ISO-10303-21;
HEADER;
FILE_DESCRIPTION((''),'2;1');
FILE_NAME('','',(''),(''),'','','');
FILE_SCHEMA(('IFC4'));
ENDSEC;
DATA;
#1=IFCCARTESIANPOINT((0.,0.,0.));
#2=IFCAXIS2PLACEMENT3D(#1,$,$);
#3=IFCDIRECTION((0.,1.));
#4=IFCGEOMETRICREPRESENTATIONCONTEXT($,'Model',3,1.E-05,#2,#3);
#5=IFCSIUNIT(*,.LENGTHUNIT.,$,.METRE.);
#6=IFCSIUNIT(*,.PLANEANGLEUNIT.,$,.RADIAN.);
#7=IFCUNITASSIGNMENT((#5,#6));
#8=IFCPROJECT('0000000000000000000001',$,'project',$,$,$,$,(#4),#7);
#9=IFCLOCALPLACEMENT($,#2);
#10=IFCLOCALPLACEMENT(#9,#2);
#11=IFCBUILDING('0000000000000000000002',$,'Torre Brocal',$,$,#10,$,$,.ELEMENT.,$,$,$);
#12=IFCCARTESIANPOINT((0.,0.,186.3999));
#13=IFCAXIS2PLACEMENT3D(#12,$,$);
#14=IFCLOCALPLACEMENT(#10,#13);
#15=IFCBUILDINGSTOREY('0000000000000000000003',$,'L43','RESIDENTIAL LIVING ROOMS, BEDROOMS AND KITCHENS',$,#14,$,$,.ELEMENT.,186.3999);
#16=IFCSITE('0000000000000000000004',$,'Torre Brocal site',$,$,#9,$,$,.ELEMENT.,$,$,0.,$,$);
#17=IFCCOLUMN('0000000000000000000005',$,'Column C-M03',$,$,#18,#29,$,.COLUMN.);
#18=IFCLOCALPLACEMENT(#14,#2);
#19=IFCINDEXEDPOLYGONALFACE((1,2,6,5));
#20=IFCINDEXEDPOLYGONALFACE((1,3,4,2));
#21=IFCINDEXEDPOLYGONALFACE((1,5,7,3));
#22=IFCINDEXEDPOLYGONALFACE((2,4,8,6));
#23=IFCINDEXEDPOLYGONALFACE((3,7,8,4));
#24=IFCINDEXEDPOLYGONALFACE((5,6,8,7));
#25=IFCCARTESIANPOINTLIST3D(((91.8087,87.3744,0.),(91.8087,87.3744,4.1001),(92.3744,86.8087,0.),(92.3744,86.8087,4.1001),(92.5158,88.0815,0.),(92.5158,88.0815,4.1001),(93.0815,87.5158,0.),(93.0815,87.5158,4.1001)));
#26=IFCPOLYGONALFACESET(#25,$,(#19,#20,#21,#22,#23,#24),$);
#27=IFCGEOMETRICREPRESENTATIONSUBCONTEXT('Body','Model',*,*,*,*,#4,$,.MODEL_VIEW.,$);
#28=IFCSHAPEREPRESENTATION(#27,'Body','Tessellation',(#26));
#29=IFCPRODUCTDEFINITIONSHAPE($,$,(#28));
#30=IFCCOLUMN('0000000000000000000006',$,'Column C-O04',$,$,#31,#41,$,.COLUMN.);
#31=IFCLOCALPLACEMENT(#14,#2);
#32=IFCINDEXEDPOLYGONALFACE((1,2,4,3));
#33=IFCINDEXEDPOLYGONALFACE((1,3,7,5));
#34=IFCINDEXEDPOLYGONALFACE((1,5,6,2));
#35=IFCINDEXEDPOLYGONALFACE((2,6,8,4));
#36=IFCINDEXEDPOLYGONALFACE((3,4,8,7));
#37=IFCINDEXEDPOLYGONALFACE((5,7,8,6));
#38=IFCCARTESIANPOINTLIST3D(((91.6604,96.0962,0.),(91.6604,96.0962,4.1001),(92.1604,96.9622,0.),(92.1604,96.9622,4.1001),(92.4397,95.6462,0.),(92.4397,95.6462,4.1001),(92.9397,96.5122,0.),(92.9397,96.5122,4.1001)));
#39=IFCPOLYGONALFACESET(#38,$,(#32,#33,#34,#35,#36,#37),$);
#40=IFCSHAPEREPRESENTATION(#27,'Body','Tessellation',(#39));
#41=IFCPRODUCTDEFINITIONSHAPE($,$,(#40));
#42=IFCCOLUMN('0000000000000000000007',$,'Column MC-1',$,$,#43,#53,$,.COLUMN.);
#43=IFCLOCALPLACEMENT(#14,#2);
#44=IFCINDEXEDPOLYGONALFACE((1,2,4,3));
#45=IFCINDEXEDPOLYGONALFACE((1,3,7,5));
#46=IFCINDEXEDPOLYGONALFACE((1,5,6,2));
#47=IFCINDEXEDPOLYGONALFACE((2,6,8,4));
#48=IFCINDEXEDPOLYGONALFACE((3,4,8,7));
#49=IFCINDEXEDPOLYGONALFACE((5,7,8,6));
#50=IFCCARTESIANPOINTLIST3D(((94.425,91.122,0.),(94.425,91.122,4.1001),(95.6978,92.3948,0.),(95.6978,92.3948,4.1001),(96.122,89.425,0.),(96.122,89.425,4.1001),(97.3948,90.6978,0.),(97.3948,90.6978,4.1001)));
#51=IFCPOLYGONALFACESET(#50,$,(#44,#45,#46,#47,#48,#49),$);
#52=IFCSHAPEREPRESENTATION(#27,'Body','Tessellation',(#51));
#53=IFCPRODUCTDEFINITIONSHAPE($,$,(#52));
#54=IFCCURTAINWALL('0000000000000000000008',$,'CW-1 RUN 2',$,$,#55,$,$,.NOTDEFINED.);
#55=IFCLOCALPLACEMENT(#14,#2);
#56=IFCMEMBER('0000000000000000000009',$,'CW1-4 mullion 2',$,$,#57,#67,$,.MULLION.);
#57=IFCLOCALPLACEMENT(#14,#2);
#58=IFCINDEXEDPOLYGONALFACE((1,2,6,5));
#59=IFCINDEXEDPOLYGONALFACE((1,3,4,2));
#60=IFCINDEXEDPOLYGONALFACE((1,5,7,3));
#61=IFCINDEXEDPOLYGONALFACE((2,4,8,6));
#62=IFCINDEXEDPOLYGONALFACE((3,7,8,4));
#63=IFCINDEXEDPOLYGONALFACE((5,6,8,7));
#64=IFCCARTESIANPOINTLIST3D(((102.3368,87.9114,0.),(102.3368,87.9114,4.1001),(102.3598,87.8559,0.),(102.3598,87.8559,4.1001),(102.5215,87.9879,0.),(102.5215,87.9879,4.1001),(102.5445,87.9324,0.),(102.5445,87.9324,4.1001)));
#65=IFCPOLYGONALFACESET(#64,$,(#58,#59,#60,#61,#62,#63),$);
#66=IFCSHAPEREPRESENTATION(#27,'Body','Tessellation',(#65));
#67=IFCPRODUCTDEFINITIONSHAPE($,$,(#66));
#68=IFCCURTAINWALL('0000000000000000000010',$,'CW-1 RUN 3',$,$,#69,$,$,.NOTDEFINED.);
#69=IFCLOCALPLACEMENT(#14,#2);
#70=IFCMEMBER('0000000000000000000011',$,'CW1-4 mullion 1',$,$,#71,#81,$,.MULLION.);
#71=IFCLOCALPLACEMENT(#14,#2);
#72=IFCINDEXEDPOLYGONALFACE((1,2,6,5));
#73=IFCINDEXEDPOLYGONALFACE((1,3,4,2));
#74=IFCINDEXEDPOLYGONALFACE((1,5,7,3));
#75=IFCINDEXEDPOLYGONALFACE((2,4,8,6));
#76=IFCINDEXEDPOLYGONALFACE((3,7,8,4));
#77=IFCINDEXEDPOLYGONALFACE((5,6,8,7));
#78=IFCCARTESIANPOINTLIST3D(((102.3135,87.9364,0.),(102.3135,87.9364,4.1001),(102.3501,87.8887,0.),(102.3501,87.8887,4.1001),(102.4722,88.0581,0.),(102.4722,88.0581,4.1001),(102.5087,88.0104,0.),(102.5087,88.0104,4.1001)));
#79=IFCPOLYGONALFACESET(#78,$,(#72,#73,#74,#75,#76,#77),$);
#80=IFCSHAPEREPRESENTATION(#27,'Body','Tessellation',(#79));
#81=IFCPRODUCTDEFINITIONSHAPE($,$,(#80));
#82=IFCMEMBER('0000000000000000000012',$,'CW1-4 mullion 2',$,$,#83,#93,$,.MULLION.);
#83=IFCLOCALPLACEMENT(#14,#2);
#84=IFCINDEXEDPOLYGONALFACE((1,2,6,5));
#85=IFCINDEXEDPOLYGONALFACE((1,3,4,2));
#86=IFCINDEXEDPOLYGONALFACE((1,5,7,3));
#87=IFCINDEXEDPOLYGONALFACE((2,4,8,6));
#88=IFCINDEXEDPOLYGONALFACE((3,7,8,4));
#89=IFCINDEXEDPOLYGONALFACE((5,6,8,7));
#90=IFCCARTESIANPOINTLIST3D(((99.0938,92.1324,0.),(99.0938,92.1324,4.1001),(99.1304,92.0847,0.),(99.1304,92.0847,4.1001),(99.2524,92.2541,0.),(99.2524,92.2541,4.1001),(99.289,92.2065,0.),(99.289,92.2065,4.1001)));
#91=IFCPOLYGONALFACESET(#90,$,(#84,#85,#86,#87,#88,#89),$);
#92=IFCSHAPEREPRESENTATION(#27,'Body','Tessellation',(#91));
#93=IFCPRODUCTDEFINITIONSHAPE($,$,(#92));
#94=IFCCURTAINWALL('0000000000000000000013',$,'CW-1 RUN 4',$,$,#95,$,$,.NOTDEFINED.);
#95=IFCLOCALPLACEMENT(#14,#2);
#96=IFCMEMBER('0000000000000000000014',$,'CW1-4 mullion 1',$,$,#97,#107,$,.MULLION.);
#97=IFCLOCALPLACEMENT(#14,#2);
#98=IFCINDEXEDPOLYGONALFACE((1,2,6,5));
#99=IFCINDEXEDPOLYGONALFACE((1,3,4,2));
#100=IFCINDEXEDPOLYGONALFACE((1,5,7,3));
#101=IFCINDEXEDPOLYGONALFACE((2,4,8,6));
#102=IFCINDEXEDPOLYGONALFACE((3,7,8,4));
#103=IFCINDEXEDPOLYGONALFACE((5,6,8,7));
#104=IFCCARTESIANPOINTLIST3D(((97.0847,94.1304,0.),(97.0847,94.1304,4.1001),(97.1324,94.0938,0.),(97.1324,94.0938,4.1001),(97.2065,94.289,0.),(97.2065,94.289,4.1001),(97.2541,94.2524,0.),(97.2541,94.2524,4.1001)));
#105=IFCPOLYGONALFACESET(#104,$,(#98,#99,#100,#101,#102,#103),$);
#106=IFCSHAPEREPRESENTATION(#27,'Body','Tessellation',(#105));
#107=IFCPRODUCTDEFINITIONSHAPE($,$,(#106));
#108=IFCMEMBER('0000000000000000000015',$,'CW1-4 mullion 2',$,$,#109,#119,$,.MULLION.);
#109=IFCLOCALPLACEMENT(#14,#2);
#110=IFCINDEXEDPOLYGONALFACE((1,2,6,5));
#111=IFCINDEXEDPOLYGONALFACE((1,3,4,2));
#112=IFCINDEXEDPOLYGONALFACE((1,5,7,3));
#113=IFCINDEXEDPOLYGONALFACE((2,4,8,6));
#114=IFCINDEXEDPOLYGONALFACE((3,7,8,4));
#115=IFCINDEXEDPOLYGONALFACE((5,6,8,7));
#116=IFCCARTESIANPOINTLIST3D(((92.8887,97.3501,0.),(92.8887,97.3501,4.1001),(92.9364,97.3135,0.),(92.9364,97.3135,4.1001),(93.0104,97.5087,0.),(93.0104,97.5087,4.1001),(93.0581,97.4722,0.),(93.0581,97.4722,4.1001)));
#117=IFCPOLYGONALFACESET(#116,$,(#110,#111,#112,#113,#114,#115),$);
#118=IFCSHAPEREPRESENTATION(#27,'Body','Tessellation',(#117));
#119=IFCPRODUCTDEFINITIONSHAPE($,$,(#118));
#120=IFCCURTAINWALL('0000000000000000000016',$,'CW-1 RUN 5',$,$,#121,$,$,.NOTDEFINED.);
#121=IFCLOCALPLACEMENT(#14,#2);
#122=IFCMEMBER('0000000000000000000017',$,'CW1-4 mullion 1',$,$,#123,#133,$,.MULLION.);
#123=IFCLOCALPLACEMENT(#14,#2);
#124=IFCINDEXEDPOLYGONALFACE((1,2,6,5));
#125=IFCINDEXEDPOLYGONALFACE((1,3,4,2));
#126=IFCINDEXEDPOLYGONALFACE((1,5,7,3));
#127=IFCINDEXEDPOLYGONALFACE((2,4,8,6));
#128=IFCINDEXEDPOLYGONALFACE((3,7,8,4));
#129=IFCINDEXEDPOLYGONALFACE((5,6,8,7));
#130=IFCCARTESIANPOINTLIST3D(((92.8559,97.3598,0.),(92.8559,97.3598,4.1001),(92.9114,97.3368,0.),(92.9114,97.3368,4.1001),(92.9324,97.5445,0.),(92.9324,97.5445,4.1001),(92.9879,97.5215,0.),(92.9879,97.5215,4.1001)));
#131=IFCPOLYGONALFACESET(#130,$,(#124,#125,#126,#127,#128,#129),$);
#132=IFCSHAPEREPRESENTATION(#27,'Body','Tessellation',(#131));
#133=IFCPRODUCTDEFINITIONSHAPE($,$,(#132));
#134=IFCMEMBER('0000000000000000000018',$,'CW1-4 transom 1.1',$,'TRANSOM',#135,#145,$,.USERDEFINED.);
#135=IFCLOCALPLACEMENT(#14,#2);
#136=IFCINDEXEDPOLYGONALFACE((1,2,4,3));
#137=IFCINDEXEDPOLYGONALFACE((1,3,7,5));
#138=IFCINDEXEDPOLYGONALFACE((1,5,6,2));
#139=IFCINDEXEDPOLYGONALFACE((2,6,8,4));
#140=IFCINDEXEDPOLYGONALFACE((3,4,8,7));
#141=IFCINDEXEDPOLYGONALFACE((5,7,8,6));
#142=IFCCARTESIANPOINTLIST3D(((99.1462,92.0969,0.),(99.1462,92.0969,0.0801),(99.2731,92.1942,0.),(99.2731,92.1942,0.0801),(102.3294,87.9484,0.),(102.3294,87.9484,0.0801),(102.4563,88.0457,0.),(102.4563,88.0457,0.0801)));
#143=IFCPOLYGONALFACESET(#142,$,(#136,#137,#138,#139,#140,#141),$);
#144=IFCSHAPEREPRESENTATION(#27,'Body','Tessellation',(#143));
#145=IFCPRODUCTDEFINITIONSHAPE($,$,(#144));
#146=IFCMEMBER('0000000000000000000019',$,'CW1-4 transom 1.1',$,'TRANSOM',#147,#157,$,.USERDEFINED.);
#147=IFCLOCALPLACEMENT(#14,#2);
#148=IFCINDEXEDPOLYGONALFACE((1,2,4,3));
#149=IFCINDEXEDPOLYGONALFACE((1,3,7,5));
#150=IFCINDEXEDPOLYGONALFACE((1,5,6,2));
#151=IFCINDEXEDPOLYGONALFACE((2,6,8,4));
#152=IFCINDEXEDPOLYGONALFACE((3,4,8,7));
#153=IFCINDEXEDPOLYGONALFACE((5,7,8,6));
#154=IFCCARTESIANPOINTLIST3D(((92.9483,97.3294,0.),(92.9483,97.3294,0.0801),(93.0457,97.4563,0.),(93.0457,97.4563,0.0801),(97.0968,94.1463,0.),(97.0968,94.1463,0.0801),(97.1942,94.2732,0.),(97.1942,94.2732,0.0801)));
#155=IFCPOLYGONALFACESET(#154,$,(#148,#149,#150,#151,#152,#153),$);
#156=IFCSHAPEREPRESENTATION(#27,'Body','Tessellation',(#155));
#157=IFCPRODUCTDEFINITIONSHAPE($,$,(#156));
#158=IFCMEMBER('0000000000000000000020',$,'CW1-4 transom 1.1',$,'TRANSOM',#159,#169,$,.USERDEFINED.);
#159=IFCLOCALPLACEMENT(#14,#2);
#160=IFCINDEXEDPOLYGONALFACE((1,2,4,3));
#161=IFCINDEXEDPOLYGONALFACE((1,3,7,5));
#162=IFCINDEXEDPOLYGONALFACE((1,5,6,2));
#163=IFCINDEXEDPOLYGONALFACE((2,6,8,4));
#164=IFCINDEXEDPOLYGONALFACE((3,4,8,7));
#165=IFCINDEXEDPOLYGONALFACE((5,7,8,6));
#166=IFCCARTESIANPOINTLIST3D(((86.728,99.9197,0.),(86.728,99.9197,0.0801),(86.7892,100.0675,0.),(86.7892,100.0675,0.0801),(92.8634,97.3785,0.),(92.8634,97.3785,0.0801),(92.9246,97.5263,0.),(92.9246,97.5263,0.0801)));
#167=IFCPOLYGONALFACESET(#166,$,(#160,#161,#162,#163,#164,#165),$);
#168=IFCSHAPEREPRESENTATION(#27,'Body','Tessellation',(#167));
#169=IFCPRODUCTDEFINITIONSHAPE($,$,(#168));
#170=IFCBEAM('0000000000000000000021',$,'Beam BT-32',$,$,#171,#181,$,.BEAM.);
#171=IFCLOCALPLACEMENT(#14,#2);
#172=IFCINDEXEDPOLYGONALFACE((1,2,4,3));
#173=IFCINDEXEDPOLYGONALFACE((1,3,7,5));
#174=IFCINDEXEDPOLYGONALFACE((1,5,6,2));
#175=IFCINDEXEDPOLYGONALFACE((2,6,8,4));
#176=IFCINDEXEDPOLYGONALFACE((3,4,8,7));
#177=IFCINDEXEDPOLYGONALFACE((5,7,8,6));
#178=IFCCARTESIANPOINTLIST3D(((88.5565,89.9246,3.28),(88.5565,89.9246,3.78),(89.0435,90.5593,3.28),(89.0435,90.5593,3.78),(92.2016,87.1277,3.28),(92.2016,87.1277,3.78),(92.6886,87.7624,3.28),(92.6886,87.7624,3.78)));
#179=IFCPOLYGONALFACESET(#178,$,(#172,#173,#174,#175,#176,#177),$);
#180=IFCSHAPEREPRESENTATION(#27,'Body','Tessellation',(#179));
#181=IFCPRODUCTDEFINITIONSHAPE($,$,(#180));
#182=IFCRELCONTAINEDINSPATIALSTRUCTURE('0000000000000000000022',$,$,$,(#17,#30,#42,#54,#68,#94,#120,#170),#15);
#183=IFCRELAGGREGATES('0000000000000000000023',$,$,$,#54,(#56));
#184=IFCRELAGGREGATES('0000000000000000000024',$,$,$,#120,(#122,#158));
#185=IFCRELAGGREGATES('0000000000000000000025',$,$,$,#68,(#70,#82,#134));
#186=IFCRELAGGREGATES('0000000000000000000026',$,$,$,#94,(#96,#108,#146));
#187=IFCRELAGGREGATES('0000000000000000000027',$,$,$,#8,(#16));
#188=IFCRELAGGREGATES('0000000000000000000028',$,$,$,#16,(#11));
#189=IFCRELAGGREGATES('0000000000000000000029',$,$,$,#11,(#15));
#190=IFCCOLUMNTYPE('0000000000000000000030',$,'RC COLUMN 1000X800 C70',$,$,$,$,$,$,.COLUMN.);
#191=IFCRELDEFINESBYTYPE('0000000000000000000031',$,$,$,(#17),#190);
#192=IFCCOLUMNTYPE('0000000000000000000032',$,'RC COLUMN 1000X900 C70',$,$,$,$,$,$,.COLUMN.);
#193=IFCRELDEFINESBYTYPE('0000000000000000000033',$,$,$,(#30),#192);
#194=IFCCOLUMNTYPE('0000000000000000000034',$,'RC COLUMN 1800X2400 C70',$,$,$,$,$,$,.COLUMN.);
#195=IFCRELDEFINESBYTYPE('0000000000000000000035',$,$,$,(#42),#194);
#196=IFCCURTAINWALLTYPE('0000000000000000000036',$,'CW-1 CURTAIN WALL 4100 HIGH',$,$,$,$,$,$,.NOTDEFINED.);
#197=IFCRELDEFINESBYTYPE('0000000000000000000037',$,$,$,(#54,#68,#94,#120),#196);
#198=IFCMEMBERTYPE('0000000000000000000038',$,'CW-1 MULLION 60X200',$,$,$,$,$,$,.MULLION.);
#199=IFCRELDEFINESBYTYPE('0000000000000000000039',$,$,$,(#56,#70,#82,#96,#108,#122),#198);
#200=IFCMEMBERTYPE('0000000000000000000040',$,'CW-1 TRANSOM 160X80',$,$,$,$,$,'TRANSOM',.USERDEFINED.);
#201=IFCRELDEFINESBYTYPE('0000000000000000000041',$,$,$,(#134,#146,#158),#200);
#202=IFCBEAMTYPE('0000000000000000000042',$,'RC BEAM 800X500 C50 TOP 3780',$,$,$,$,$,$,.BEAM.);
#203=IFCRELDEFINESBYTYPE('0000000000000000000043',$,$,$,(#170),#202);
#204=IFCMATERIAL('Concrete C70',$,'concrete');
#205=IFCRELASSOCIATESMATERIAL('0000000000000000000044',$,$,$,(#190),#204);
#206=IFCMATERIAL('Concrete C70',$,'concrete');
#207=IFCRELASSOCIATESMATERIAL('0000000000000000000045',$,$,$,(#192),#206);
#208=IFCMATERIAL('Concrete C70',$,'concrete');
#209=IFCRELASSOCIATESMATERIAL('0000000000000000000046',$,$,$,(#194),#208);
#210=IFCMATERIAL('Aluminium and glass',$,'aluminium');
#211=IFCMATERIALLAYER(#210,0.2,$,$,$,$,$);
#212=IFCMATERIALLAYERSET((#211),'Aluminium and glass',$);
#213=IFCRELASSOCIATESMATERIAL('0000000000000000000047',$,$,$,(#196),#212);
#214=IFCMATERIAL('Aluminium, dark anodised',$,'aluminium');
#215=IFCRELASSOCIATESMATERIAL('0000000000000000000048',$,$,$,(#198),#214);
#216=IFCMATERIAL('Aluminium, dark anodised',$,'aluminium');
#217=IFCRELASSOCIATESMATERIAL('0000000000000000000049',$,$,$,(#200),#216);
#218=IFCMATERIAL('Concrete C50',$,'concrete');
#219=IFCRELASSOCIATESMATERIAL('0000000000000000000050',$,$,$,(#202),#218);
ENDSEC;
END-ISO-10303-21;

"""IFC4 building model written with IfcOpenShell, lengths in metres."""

from ifc_helpers import new_model, si_unit, direction, frame, origin, origin_2d, place, context, subcontext, project, spatial, rectangle, extrude, material, layer, layer_set, material_profile, profile_set, type_object, element, aggregate, save


model = new_model("IFC4")

# Units and contexts
model_context = context("Model", 3, precision=1e-05, world=origin(), true_north=direction((0.0, 1.0)))
body_context = subcontext(model_context, "Body", "Model", "MODEL_VIEW")
ifc_project = project(units=[si_unit("LENGTHUNIT", "METRE"), si_unit("PLANEANGLEUNIT", "RADIAN")], contexts=[model_context])

# Site, building, storey
site_placement = place(None, origin())
site = spatial("IfcSite", under=ifc_project, at=site_placement, Name="Torre Brocal site", CompositionType="ELEMENT", RefElevation=0.0)
building_placement = place(site_placement, origin())
building = spatial("IfcBuilding", under=site, at=building_placement, Name="Torre Brocal", CompositionType="ELEMENT")
storey_placement = place(building_placement, frame((0.0, 0.0, 186.3999)))
storey = spatial("IfcBuildingStorey", under=building, at=storey_placement, Name="L43", Description="RESIDENTIAL LIVING ROOMS, BEDROOMS AND KITCHENS", CompositionType="ELEMENT", Elevation=186.3999)

# Columns
ifc_material_1 = material(Name="Concrete C70", Category="concrete")
ifc_material_profile_1 = material_profile(ifc_material_1, rectangle(XDim=1.0, YDim=0.8, at=origin_2d()), Name="RC 1000X800")
ifc_profile_set_1 = profile_set([ifc_material_profile_1], Name="Concrete C70")
column_type_1 = type_object("IfcColumnType", Name="RC COLUMN 1000X800 C70", PredefinedType="COLUMN", material=ifc_profile_set_1)
column_1_placement = place(storey_placement, frame((92.4451, 87.4451, 0.0), z_axis=(0.0, 0.0, 1.0), x_axis=(0.707107, 0.707107, 0.0)))
element("IfcColumn", 1, at=column_1_placement, inside=storey, type_object=column_type_1, Name="Column C-M03", PredefinedType="COLUMN", context=body_context, shape_type="SweptSolid", body=[
    extrude(rectangle(XDim=1.0, YDim=0.8, at=origin_2d()), origin(), (0.0, 0.0, 1.0), 4.1001),
])
ifc_material_2 = material(Name="Concrete C70", Category="concrete")
ifc_material_profile_2 = material_profile(ifc_material_2, rectangle(XDim=1.0, YDim=0.8999, at=origin_2d()), Name="RC 1000X900")
ifc_profile_set_2 = profile_set([ifc_material_profile_2], Name="Concrete C70")
column_type_2 = type_object("IfcColumnType", Name="RC COLUMN 1000X900 C70", PredefinedType="COLUMN", material=ifc_profile_set_2)
column_2_placement = place(storey_placement, frame((92.3, 96.3042, 0.0), z_axis=(0.0, 0.0, 1.0), x_axis=(0.5, 0.866025, 0.0)))
element("IfcColumn", 2, at=column_2_placement, inside=storey, type_object=column_type_2, Name="Column C-O04", PredefinedType="COLUMN", context=body_context, shape_type="SweptSolid", body=[
    extrude(rectangle(XDim=1.0, YDim=0.8999, at=origin_2d()), origin(), (0.0, 0.0, 1.0), 4.1001),
])
ifc_material_3 = material(Name="Concrete C70", Category="concrete")
ifc_material_profile_3 = material_profile(ifc_material_3, rectangle(XDim=1.8, YDim=2.3999, at=origin_2d()), Name="RC 1800X2400")
ifc_profile_set_3 = profile_set([ifc_material_profile_3], Name="Concrete C70")
column_type_3 = type_object("IfcColumnType", Name="RC COLUMN 1800X2400 C70", PredefinedType="COLUMN", material=ifc_profile_set_3)
column_3_placement = place(storey_placement, frame((95.9099, 90.9099, 0.0), z_axis=(0.0, 0.0, 1.0), x_axis=(0.707107, 0.707107, 0.0)))
element("IfcColumn", 3, at=column_3_placement, inside=storey, type_object=column_type_3, Name="Column MC-1", PredefinedType="COLUMN", context=body_context, shape_type="SweptSolid", body=[
    extrude(rectangle(XDim=1.8, YDim=2.3999, at=origin_2d()), origin(), (0.0, 0.0, 1.0), 4.1001),
])

# Curtain wall, member
ifc_material_4 = material(Name="Aluminium and glass", Category="aluminium")
ifc_layer_1 = layer(ifc_material_4, 0.2)
ifc_layer_set_1 = layer_set([ifc_layer_1], Name="Aluminium and glass")
curtain_wall_type = type_object("IfcCurtainWallType", Name="CW-1 CURTAIN WALL 4100 HIGH", PredefinedType="NOTDEFINED", material=ifc_layer_set_1)
curtain_wall_1_placement = place(storey_placement, origin())
curtain_wall_1 = element("IfcCurtainWall", 4, at=curtain_wall_1_placement, inside=storey, type_object=curtain_wall_type, Name="CW-1 RUN 2", PredefinedType="NOTDEFINED")
ifc_material_5 = material(Name="Aluminium, dark anodised", Category="aluminium")
ifc_material_profile_4 = material_profile(ifc_material_5, rectangle(XDim=0.2, YDim=0.0601, at=origin_2d()), Name="CW-1 MULLION 60X200")
ifc_profile_set_4 = profile_set([ifc_material_profile_4], Name="Aluminium, dark anodised")
member_type_1 = type_object("IfcMemberType", Name="CW-1 MULLION 60X200", PredefinedType="MULLION", material=ifc_profile_set_4)
member_1_placement = place(storey_placement, frame((102.4407, 87.9219, 0.0), z_axis=(0.0, 0.0, 1.0), x_axis=(-0.92388, -0.382683, 0.0)))
member_1 = element("IfcMember", 5, at=member_1_placement, type_object=member_type_1, Name="CW1-4 mullion 2", PredefinedType="MULLION", context=body_context, shape_type="SweptSolid", body=[
    extrude(rectangle(XDim=0.2, YDim=0.0601, at=origin_2d()), origin(), (0.0, 0.0, 1.0), 4.1001),
])
aggregate(curtain_wall_1, [member_1])

# Curtain walls, members
curtain_wall_2_placement = place(storey_placement, origin())
curtain_wall_2 = element("IfcCurtainWall", 6, at=curtain_wall_2_placement, inside=storey, type_object=curtain_wall_type, Name="CW-1 RUN 3", PredefinedType="NOTDEFINED")
member_2_placement = place(storey_placement, frame((102.4111, 87.9734, 0.0), z_axis=(0.0, 0.0, 1.0), x_axis=(-0.793353, -0.608761, 0.0)))
member_2 = element("IfcMember", 7, at=member_2_placement, type_object=member_type_1, Name="CW1-4 mullion 1", PredefinedType="MULLION", context=body_context, shape_type="SweptSolid", body=[
    extrude(rectangle(XDim=0.2, YDim=0.0601, at=origin_2d()), origin(), (0.0, 0.0, 1.0), 4.1001),
])
member_3_placement = place(storey_placement, frame((99.1914, 92.1694, 0.0), z_axis=(0.0, 0.0, 1.0), x_axis=(-0.793353, -0.608761, 0.0)))
member_3 = element("IfcMember", 8, at=member_3_placement, type_object=member_type_1, Name="CW1-4 mullion 2", PredefinedType="MULLION", context=body_context, shape_type="SweptSolid", body=[
    extrude(rectangle(XDim=0.2, YDim=0.0601, at=origin_2d()), origin(), (0.0, 0.0, 1.0), 4.1001),
])
curtain_wall_3_placement = place(storey_placement, origin())
curtain_wall_3 = element("IfcCurtainWall", 9, at=curtain_wall_3_placement, inside=storey, type_object=curtain_wall_type, Name="CW-1 RUN 4", PredefinedType="NOTDEFINED")
member_4_placement = place(storey_placement, frame((97.1694, 94.1914, 0.0), z_axis=(0.0, 0.0, 1.0), x_axis=(-0.608761, -0.793353, 0.0)))
member_4 = element("IfcMember", 10, at=member_4_placement, type_object=member_type_1, Name="CW1-4 mullion 1", PredefinedType="MULLION", context=body_context, shape_type="SweptSolid", body=[
    extrude(rectangle(XDim=0.2, YDim=0.0601, at=origin_2d()), origin(), (0.0, 0.0, 1.0), 4.1001),
])
member_5_placement = place(storey_placement, frame((92.9734, 97.4111, 0.0), z_axis=(0.0, 0.0, 1.0), x_axis=(-0.608761, -0.793353, 0.0)))
member_5 = element("IfcMember", 11, at=member_5_placement, type_object=member_type_1, Name="CW1-4 mullion 2", PredefinedType="MULLION", context=body_context, shape_type="SweptSolid", body=[
    extrude(rectangle(XDim=0.2, YDim=0.0601, at=origin_2d()), origin(), (0.0, 0.0, 1.0), 4.1001),
])

# Curtain wall, member
curtain_wall_4_placement = place(storey_placement, origin())
curtain_wall_4 = element("IfcCurtainWall", 12, at=curtain_wall_4_placement, inside=storey, type_object=curtain_wall_type, Name="CW-1 RUN 5", PredefinedType="NOTDEFINED")
member_6_placement = place(storey_placement, frame((92.9219, 97.4407, 0.0), z_axis=(0.0, 0.0, 1.0), x_axis=(-0.382683, -0.92388, 0.0)))
member_6 = element("IfcMember", 13, at=member_6_placement, type_object=member_type_1, Name="CW1-4 mullion 1", PredefinedType="MULLION", context=body_context, shape_type="SweptSolid", body=[
    extrude(rectangle(XDim=0.2, YDim=0.0601, at=origin_2d()), origin(), (0.0, 0.0, 1.0), 4.1001),
])

# Members
ifc_material_6 = material(Name="Aluminium, dark anodised", Category="aluminium")
ifc_material_profile_5 = material_profile(ifc_material_6, rectangle(XDim=0.1599, YDim=0.0801, at=origin_2d()), Name="CW-1 TRANSOM 160X80")
ifc_profile_set_5 = profile_set([ifc_material_profile_5], Name="Aluminium, dark anodised")
member_type_2 = type_object("IfcMemberType", Name="CW-1 TRANSOM 160X80", ElementType="TRANSOM", PredefinedType="USERDEFINED", material=ifc_profile_set_5)
member_7_placement = place(storey_placement, frame((102.3928, 87.9971, 0.04), z_axis=(-0.608749, 0.793363, 0.0), x_axis=(-0.793363, -0.608749, 0.0)))
member_7 = element("IfcMember", 14, at=member_7_placement, type_object=member_type_2, Name="CW1-4 transom 1.1", ObjectType="TRANSOM", PredefinedType="USERDEFINED", context=body_context, shape_type="SweptSolid", body=[
    extrude(rectangle(XDim=0.1599, YDim=0.0801, at=origin_2d()), origin(), (0.0, 0.0, 1.0), 5.229),
])
member_8_placement = place(storey_placement, frame((97.1455, 94.2097, 0.04), z_axis=(-0.793363, 0.608749, 0.0), x_axis=(-0.608749, -0.793363, 0.0)))
member_8 = element("IfcMember", 15, at=member_8_placement, type_object=member_type_2, Name="CW1-4 transom 1.1", ObjectType="TRANSOM", PredefinedType="USERDEFINED", context=body_context, shape_type="SweptSolid", body=[
    extrude(rectangle(XDim=0.1599, YDim=0.0801, at=origin_2d()), origin(), (0.0, 0.0, 1.0), 5.229),
])
member_9_placement = place(storey_placement, frame((92.894, 97.4524, 0.04), z_axis=(-0.923887, 0.382665, 0.0), x_axis=(-0.382665, -0.923887, 0.0)))
member_9 = element("IfcMember", 16, at=member_9_placement, type_object=member_type_2, Name="CW1-4 transom 1.1", ObjectType="TRANSOM", PredefinedType="USERDEFINED", context=body_context, shape_type="SweptSolid", body=[
    extrude(rectangle(XDim=0.1599, YDim=0.0801, at=origin_2d()), origin(), (0.0, 0.0, 1.0), 6.6409),
])
aggregate(curtain_wall_4, [member_6, member_9])

# Beam
ifc_material_7 = material(Name="Concrete C50", Category="concrete")
ifc_material_profile_6 = material_profile(ifc_material_7, rectangle(XDim=0.8, YDim=0.5, at=origin_2d()), Name="RC 800X500")
ifc_profile_set_6 = profile_set([ifc_material_profile_6], Name="Concrete C50")
beam_type_1 = type_object("IfcBeamType", Name="RC BEAM 800X500 C50 TOP 3780", PredefinedType="BEAM", material=ifc_profile_set_6)
beam_1_placement = place(storey_placement, frame((92.4451, 87.4451, 3.53), z_axis=(-0.793358, 0.608755, 0.0), x_axis=(-0.608755, -0.793358, 0.0)))
element("IfcBeam", 17, at=beam_1_placement, inside=storey, type_object=beam_type_1, Name="Beam BT-32", PredefinedType="BEAM", context=body_context, shape_type="SweptSolid", body=[
    extrude(rectangle(XDim=0.8, YDim=0.5, at=origin_2d()), origin(), (0.0, 0.0, 1.0), 4.5945),
])

aggregate(curtain_wall_2, [member_2, member_3, member_7])
aggregate(curtain_wall_3, [member_4, member_5, member_8])

save(model, "model.ifc")
